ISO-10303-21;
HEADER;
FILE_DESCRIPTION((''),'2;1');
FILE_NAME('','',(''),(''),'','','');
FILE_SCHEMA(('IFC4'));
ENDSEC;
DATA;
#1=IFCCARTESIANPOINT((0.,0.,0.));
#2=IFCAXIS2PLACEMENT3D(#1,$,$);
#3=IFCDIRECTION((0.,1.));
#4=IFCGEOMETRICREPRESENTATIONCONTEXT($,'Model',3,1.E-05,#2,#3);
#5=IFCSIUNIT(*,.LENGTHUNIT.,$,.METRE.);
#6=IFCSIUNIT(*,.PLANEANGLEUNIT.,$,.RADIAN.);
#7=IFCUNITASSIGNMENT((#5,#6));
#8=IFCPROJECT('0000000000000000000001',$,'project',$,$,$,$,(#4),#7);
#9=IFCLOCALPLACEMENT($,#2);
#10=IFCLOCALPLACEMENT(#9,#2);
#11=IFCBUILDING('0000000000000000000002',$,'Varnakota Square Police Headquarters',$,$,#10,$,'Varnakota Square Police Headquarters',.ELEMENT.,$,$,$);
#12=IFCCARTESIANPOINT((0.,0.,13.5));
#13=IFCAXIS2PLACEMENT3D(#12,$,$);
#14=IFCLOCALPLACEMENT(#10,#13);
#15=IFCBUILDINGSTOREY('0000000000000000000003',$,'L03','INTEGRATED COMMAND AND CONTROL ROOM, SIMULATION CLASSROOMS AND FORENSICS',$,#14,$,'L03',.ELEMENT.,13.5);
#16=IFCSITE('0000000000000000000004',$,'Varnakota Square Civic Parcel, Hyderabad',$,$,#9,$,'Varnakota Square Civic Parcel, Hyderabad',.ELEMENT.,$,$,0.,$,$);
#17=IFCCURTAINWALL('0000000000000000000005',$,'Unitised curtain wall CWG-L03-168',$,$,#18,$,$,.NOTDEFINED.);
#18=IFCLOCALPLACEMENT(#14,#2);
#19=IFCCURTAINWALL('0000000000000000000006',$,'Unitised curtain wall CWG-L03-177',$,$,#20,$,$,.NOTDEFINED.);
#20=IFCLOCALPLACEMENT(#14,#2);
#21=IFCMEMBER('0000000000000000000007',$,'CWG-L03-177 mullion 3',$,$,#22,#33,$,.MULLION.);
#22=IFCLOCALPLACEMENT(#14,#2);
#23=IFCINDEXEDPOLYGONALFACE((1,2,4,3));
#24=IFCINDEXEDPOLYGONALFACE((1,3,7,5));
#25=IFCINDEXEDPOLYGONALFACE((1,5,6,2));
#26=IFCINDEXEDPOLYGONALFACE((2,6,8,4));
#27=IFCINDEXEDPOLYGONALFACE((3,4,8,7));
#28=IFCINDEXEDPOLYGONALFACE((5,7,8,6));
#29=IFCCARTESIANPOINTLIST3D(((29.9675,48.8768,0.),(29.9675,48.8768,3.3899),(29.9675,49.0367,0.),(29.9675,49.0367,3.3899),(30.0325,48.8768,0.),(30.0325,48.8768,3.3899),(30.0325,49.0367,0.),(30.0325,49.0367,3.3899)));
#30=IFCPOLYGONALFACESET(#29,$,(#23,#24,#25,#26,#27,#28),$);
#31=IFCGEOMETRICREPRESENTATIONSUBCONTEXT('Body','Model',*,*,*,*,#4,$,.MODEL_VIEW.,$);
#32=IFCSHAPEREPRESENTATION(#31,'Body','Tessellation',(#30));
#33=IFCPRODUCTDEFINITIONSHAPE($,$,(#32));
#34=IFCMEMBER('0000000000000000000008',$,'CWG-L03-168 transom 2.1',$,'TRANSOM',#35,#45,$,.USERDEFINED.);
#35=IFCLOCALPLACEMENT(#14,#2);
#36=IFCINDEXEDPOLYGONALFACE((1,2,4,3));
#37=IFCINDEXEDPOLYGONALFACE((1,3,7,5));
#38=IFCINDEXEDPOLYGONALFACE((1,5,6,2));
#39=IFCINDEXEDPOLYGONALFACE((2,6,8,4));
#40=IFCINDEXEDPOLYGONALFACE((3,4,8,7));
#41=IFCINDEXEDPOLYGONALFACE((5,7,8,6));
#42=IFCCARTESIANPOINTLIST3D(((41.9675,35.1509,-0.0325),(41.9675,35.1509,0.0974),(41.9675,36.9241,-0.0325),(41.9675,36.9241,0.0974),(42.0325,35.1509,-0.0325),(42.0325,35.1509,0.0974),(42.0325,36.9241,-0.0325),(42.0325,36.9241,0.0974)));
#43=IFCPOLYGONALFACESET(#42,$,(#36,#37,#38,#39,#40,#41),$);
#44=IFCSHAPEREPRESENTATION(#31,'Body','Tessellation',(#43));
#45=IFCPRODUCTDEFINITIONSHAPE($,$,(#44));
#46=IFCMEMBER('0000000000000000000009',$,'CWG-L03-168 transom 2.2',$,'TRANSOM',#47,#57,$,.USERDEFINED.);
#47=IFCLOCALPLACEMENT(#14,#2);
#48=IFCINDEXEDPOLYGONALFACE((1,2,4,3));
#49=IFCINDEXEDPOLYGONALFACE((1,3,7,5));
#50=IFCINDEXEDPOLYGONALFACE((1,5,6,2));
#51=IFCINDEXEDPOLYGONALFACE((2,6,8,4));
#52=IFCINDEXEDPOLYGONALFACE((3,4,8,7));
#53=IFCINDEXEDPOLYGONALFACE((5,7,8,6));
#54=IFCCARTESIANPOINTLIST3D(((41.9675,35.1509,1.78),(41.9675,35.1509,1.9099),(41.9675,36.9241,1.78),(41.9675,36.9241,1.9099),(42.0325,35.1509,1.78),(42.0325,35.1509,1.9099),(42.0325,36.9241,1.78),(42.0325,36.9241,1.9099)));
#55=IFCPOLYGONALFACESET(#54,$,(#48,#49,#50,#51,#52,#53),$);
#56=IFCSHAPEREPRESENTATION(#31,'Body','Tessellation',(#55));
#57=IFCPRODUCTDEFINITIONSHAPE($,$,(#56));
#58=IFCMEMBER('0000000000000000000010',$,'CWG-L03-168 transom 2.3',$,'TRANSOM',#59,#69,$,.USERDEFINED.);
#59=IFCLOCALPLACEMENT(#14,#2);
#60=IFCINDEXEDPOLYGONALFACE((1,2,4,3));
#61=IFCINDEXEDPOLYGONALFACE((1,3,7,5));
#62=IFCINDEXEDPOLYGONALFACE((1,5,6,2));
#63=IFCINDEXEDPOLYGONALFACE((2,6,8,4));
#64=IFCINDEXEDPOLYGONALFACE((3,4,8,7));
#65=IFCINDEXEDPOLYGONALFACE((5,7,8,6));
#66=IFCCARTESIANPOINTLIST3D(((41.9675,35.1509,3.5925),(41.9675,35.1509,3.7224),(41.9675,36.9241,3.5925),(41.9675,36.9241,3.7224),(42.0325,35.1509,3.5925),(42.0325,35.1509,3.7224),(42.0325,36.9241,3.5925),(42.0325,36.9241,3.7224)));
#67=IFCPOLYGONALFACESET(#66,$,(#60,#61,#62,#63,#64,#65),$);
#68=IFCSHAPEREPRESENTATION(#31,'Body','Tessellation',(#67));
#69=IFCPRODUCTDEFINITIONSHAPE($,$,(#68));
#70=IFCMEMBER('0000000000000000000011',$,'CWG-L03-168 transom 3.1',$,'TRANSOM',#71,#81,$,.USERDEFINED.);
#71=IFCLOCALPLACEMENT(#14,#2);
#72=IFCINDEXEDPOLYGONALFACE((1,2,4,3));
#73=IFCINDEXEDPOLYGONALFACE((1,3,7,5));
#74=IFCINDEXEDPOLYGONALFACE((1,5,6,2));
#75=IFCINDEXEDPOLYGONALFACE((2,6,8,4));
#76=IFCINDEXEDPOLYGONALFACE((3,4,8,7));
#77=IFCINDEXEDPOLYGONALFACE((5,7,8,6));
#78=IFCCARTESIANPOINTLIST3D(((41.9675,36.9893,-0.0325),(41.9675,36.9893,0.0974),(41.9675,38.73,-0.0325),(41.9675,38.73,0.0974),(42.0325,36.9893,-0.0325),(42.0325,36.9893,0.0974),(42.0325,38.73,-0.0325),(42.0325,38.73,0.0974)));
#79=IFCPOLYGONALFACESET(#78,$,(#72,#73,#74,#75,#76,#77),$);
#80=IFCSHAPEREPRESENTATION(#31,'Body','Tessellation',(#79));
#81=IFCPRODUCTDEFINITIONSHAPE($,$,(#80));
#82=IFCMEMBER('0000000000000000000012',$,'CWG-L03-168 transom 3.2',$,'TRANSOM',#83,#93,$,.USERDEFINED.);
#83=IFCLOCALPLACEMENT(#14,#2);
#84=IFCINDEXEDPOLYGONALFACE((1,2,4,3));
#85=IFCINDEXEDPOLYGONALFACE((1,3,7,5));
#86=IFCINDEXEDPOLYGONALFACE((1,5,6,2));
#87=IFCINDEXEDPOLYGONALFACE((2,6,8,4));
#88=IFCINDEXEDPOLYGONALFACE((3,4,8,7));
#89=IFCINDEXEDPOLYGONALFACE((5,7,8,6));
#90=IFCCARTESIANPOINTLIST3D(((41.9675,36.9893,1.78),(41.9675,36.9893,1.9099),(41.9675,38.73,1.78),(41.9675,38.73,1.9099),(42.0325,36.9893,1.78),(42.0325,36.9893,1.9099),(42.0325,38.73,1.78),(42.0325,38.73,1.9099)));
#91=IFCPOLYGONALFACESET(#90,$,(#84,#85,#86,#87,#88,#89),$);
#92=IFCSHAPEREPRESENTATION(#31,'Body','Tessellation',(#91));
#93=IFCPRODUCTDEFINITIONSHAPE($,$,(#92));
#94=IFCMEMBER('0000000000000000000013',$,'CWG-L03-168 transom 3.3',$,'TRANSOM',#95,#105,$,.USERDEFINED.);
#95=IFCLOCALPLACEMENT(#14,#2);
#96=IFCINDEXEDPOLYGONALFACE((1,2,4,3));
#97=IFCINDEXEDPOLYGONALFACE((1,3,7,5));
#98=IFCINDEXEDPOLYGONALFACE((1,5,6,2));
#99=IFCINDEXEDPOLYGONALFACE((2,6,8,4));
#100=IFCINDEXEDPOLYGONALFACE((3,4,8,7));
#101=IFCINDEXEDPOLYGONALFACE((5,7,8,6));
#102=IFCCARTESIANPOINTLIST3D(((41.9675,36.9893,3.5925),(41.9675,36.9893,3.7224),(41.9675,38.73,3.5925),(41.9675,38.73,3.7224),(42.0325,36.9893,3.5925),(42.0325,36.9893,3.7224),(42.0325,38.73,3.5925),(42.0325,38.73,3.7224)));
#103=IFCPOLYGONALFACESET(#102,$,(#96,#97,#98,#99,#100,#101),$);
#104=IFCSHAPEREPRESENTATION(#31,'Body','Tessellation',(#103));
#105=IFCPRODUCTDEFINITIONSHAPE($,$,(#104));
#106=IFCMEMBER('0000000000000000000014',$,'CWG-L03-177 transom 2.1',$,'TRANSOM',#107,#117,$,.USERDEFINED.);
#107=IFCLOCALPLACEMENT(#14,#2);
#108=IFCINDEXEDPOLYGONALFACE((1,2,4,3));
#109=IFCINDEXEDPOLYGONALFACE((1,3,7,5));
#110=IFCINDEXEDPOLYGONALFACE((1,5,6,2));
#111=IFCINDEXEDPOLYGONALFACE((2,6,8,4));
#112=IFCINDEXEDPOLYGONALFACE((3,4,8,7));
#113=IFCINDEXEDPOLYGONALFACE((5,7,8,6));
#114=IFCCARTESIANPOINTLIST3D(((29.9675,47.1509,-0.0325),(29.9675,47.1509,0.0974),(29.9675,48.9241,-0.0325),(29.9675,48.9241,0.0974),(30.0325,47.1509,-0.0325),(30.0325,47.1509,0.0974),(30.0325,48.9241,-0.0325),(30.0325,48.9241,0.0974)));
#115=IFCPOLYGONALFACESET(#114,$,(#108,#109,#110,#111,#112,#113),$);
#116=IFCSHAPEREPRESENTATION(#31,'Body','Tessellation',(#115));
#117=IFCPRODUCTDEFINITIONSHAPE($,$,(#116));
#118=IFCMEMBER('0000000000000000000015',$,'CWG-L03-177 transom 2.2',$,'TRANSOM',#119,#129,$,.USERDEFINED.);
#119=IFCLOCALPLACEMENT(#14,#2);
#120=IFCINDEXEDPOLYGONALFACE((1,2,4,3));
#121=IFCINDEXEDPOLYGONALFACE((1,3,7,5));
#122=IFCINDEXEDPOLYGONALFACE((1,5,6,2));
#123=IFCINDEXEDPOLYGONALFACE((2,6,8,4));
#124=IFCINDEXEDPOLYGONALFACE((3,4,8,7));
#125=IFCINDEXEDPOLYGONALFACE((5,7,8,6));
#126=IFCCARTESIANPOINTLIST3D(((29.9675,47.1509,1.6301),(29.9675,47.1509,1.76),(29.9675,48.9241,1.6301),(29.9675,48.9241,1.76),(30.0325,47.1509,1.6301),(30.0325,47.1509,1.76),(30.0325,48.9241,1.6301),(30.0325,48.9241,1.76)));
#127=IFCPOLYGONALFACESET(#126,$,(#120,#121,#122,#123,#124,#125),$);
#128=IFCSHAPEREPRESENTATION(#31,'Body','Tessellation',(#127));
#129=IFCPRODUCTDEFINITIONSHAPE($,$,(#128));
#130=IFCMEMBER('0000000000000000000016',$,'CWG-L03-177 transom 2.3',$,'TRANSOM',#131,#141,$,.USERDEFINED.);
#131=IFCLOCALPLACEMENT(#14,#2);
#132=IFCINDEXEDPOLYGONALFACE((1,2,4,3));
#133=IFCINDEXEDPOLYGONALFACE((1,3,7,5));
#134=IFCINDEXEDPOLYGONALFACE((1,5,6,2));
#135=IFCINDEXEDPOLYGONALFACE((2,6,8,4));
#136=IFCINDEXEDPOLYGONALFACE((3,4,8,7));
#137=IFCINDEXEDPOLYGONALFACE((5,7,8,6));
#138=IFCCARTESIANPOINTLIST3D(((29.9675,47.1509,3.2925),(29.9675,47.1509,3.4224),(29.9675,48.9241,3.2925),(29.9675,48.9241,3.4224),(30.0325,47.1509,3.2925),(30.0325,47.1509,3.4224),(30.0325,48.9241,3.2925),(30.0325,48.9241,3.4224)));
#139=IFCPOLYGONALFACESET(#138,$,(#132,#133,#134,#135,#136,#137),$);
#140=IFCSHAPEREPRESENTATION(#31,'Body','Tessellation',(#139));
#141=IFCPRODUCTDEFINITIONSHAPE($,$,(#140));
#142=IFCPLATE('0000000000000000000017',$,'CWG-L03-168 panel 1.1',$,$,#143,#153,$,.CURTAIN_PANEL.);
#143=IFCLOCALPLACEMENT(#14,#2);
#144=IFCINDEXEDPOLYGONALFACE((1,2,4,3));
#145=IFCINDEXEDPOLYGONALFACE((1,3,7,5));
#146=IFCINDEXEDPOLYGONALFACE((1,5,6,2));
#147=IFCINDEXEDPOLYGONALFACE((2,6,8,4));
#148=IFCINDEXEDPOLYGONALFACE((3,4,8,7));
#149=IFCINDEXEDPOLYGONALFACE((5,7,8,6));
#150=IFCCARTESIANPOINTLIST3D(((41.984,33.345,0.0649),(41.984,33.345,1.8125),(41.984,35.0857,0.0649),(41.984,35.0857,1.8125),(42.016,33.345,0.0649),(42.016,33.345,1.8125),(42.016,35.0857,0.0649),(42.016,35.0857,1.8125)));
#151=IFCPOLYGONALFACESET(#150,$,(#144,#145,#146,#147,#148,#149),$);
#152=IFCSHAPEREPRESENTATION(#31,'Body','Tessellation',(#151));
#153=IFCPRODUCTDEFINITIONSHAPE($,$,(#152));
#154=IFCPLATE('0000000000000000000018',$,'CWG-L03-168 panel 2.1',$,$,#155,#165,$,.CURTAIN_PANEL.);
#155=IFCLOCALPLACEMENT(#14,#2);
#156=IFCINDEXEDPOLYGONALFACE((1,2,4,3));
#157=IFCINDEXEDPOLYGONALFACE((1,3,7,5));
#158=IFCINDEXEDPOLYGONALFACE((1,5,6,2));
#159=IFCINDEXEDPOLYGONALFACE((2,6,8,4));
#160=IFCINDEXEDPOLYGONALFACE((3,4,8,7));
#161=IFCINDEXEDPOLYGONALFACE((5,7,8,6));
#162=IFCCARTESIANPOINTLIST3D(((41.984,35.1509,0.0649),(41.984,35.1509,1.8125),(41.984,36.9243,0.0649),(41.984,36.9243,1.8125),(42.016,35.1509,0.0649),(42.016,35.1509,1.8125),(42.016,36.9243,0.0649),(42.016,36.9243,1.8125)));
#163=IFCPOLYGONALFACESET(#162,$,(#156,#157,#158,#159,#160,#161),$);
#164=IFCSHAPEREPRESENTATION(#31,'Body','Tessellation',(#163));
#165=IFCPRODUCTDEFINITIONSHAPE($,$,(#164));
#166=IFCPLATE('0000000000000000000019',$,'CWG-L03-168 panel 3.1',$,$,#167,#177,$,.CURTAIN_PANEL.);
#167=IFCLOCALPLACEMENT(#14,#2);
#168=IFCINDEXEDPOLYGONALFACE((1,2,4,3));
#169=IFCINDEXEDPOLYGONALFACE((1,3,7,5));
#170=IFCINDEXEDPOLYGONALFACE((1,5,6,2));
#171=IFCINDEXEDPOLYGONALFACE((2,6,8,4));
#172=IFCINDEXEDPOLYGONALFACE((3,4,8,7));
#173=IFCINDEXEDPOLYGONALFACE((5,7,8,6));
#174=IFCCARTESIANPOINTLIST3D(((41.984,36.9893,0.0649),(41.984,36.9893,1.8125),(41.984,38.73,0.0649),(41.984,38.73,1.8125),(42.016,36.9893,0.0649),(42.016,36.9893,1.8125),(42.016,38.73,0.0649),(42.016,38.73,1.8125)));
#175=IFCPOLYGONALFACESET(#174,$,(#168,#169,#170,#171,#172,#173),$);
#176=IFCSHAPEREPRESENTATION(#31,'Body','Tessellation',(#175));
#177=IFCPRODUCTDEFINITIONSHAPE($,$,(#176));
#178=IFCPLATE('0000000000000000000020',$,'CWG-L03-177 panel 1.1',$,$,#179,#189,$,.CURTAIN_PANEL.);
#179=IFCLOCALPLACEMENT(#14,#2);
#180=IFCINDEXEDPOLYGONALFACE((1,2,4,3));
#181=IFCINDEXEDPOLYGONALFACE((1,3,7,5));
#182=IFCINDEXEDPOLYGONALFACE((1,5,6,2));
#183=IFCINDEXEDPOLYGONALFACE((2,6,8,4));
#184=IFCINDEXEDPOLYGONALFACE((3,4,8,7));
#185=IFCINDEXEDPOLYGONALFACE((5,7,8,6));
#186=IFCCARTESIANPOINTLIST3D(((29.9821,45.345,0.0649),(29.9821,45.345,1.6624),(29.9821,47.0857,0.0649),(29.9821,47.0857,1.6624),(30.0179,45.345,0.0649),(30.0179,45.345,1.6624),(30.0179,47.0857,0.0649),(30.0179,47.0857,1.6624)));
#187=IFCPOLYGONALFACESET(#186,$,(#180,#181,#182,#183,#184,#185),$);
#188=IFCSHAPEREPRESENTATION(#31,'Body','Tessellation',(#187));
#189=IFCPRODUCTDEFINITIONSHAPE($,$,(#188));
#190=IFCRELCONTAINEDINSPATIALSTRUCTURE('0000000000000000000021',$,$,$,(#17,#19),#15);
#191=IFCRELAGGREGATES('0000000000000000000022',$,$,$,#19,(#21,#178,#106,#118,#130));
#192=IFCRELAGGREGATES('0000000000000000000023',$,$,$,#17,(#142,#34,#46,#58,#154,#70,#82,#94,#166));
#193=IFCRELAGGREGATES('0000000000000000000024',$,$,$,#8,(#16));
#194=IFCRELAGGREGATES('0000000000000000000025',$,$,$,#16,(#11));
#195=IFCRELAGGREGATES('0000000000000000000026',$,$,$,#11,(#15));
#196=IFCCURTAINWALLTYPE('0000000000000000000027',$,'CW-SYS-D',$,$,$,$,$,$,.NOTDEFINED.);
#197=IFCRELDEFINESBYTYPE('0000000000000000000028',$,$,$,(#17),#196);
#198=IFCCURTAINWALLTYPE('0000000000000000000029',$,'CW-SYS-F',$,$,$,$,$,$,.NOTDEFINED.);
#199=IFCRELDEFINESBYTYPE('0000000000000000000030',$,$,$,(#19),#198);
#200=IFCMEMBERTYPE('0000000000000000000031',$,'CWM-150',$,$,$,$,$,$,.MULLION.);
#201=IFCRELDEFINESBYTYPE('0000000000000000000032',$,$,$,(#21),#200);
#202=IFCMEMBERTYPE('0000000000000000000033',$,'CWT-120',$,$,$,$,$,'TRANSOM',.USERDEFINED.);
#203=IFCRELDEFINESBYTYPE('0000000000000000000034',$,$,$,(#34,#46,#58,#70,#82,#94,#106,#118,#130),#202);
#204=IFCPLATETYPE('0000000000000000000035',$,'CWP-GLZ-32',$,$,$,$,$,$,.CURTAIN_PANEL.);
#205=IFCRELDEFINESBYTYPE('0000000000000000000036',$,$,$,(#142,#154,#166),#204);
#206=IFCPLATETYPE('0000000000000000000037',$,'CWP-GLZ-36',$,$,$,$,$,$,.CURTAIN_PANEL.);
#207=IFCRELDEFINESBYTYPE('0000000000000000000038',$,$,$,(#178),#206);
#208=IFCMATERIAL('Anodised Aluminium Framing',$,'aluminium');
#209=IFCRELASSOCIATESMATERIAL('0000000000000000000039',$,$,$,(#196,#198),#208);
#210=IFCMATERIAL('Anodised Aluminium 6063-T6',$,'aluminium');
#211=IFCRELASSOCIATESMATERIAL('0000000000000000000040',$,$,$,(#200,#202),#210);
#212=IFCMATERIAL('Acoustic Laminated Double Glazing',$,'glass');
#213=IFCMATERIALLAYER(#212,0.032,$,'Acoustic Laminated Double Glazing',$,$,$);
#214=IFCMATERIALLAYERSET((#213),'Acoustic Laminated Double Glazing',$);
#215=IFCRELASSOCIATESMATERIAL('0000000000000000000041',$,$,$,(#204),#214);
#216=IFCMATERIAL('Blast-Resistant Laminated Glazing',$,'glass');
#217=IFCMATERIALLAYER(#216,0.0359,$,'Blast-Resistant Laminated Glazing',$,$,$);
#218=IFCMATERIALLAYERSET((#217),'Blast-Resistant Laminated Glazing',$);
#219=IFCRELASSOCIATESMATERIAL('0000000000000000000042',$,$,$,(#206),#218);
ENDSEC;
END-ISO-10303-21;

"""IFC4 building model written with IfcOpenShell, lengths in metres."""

from ifc_helpers import new_model, si_unit, direction, frame, origin, origin_2d, place, context, subcontext, project, spatial, rectangle, extrude, material, layer, layer_set, material_profile, profile_set, type_object, element, aggregate, save


model = new_model("IFC4")

# Units and contexts
model_context = context("Model", 3, precision=1e-05, world=origin(), true_north=direction((0.0, 1.0)))
body_context = subcontext(model_context, "Body", "Model", "MODEL_VIEW")
ifc_project = project(units=[si_unit("LENGTHUNIT", "METRE"), si_unit("PLANEANGLEUNIT", "RADIAN")], contexts=[model_context])

# Site, building, storey
site_placement = place(None, origin())
site = spatial("IfcSite", under=ifc_project, at=site_placement, Name="Varnakota Square Civic Parcel, Hyderabad", LongName="Varnakota Square Civic Parcel, Hyderabad", CompositionType="ELEMENT", RefElevation=0.0)
building_placement = place(site_placement, origin())
building = spatial("IfcBuilding", under=site, at=building_placement, Name="Varnakota Square Police Headquarters", LongName="Varnakota Square Police Headquarters", CompositionType="ELEMENT")
storey_placement = place(building_placement, frame((0.0, 0.0, 13.5)))
storey = spatial("IfcBuildingStorey", under=building, at=storey_placement, Name="L03", Description="INTEGRATED COMMAND AND CONTROL ROOM, SIMULATION CLASSROOMS AND FORENSICS", LongName="L03", CompositionType="ELEMENT", Elevation=13.5)

# Curtain walls, member
ifc_material_1 = material(Name="Anodised Aluminium Framing", Category="aluminium")
curtain_wall_type_1 = type_object("IfcCurtainWallType", Name="CW-SYS-D", PredefinedType="NOTDEFINED", material=ifc_material_1)
curtain_wall_1_placement = place(storey_placement, origin())
curtain_wall_1 = element("IfcCurtainWall", 1, at=curtain_wall_1_placement, inside=storey, type_object=curtain_wall_type_1, Name="Unitised curtain wall CWG-L03-168", PredefinedType="NOTDEFINED")
ifc_material_2 = material(Name="Anodised Aluminium 6063-T6", Category="aluminium")
ifc_material_profile_1 = material_profile(ifc_material_2, rectangle(XDim=0.0649, YDim=0.1599, at=origin_2d()), Name="ALU MULLION 65x160")
ifc_profile_set_1 = profile_set([ifc_material_profile_1], Name="Anodised Aluminium 6063-T6")
member_type_1 = type_object("IfcMemberType", Name="CWM-150", PredefinedType="MULLION", material=ifc_profile_set_1)
curtain_wall_type_2 = type_object("IfcCurtainWallType", Name="CW-SYS-F", PredefinedType="NOTDEFINED", material=ifc_material_1)
curtain_wall_2_placement = place(storey_placement, origin())
curtain_wall_2 = element("IfcCurtainWall", 2, at=curtain_wall_2_placement, inside=storey, type_object=curtain_wall_type_2, Name="Unitised curtain wall CWG-L03-177", PredefinedType="NOTDEFINED")
member_1_placement = place(storey_placement, frame((30.0, 48.9568, 0.0), z_axis=(0.0, 0.0, 1.0), x_axis=(-1.0, 0.0, 0.0)))
member_1 = element("IfcMember", 3, at=member_1_placement, type_object=member_type_1, Name="CWG-L03-177 mullion 3", PredefinedType="MULLION", context=body_context, shape_type="SweptSolid", body=[
    extrude(rectangle(XDim=0.0649, YDim=0.1599, at=origin_2d()), origin(), (0.0, 0.0, 1.0), 3.3899),
])

# Members
ifc_material_profile_2 = material_profile(ifc_material_2, rectangle(XDim=0.0649, YDim=0.1299, at=origin_2d()), Name="ALU TRANSOM 65x130")
ifc_profile_set_2 = profile_set([ifc_material_profile_2], Name="Anodised Aluminium 6063-T6")
member_type_2 = type_object("IfcMemberType", Name="CWT-120", ElementType="TRANSOM", PredefinedType="USERDEFINED", material=ifc_profile_set_2)
member_2_placement = place(storey_placement, frame((42.0, 35.1509, 0.0325), z_axis=(0.0, 1.0, 0.0), x_axis=(-1.0, 0.0, 0.0)))
member_2 = element("IfcMember", 4, at=member_2_placement, type_object=member_type_2, Name="CWG-L03-168 transom 2.1", ObjectType="TRANSOM", PredefinedType="USERDEFINED", context=body_context, shape_type="SweptSolid", body=[
    extrude(rectangle(XDim=0.0649, YDim=0.1299, at=origin_2d()), origin(), (0.0, 0.0, 1.0), 1.7732),
])
member_3_placement = place(storey_placement, frame((42.0, 35.1509, 1.845), z_axis=(0.0, 1.0, 0.0), x_axis=(-1.0, 0.0, 0.0)))
member_3 = element("IfcMember", 5, at=member_3_placement, type_object=member_type_2, Name="CWG-L03-168 transom 2.2", ObjectType="TRANSOM", PredefinedType="USERDEFINED", context=body_context, shape_type="SweptSolid", body=[
    extrude(rectangle(XDim=0.0649, YDim=0.1299, at=origin_2d()), origin(), (0.0, 0.0, 1.0), 1.7732),
])
member_4_placement = place(storey_placement, frame((42.0, 35.1509, 3.6575), z_axis=(0.0, 1.0, 0.0), x_axis=(-1.0, 0.0, 0.0)))
member_4 = element("IfcMember", 6, at=member_4_placement, type_object=member_type_2, Name="CWG-L03-168 transom 2.3", ObjectType="TRANSOM", PredefinedType="USERDEFINED", context=body_context, shape_type="SweptSolid", body=[
    extrude(rectangle(XDim=0.0649, YDim=0.1299, at=origin_2d()), origin(), (0.0, 0.0, 1.0), 1.7732),
])
member_5_placement = place(storey_placement, frame((42.0, 36.9893, 0.0325), z_axis=(0.0, 1.0, 0.0), x_axis=(-1.0, 0.0, 0.0)))
member_5 = element("IfcMember", 7, at=member_5_placement, type_object=member_type_2, Name="CWG-L03-168 transom 3.1", ObjectType="TRANSOM", PredefinedType="USERDEFINED", context=body_context, shape_type="SweptSolid", body=[
    extrude(rectangle(XDim=0.0649, YDim=0.1299, at=origin_2d()), origin(), (0.0, 0.0, 1.0), 1.7407),
])
member_6_placement = place(storey_placement, frame((42.0, 36.9893, 1.845), z_axis=(0.0, 1.0, 0.0), x_axis=(-1.0, 0.0, 0.0)))
member_6 = element("IfcMember", 8, at=member_6_placement, type_object=member_type_2, Name="CWG-L03-168 transom 3.2", ObjectType="TRANSOM", PredefinedType="USERDEFINED", context=body_context, shape_type="SweptSolid", body=[
    extrude(rectangle(XDim=0.0649, YDim=0.1299, at=origin_2d()), origin(), (0.0, 0.0, 1.0), 1.7407),
])
member_7_placement = place(storey_placement, frame((42.0, 36.9893, 3.6575), z_axis=(0.0, 1.0, 0.0), x_axis=(-1.0, 0.0, 0.0)))
member_7 = element("IfcMember", 9, at=member_7_placement, type_object=member_type_2, Name="CWG-L03-168 transom 3.3", ObjectType="TRANSOM", PredefinedType="USERDEFINED", context=body_context, shape_type="SweptSolid", body=[
    extrude(rectangle(XDim=0.0649, YDim=0.1299, at=origin_2d()), origin(), (0.0, 0.0, 1.0), 1.7407),
])
member_8_placement = place(storey_placement, frame((30.0, 47.1509, 0.0325), z_axis=(0.0, 1.0, 0.0), x_axis=(-1.0, 0.0, 0.0)))
member_8 = element("IfcMember", 10, at=member_8_placement, type_object=member_type_2, Name="CWG-L03-177 transom 2.1", ObjectType="TRANSOM", PredefinedType="USERDEFINED", context=body_context, shape_type="SweptSolid", body=[
    extrude(rectangle(XDim=0.0649, YDim=0.1299, at=origin_2d()), origin(), (0.0, 0.0, 1.0), 1.7732),
])
member_9_placement = place(storey_placement, frame((30.0, 47.1509, 1.6951), z_axis=(0.0, 1.0, 0.0), x_axis=(-1.0, 0.0, 0.0)))
member_9 = element("IfcMember", 11, at=member_9_placement, type_object=member_type_2, Name="CWG-L03-177 transom 2.2", ObjectType="TRANSOM", PredefinedType="USERDEFINED", context=body_context, shape_type="SweptSolid", body=[
    extrude(rectangle(XDim=0.0649, YDim=0.1299, at=origin_2d()), origin(), (0.0, 0.0, 1.0), 1.7732),
])
member_10_placement = place(storey_placement, frame((30.0, 47.1509, 3.3574), z_axis=(0.0, 1.0, 0.0), x_axis=(-1.0, 0.0, 0.0)))
member_10 = element("IfcMember", 12, at=member_10_placement, type_object=member_type_2, Name="CWG-L03-177 transom 2.3", ObjectType="TRANSOM", PredefinedType="USERDEFINED", context=body_context, shape_type="SweptSolid", body=[
    extrude(rectangle(XDim=0.0649, YDim=0.1299, at=origin_2d()), origin(), (0.0, 0.0, 1.0), 1.7732),
])

# Plates
ifc_material_3 = material(Name="Acoustic Laminated Double Glazing", Category="glass")
ifc_layer_1 = layer(ifc_material_3, 0.032, Name="Acoustic Laminated Double Glazing")
ifc_layer_set_1 = layer_set([ifc_layer_1], Name="Acoustic Laminated Double Glazing")
plate_type_1 = type_object("IfcPlateType", Name="CWP-GLZ-32", PredefinedType="CURTAIN_PANEL", material=ifc_layer_set_1)
plate_1_placement = place(storey_placement, frame((42.0, 34.2153, 0.0649), z_axis=(0.0, 0.0, 1.0), x_axis=(0.0, 1.0, 0.0)))
plate_1 = element("IfcPlate", 13, at=plate_1_placement, type_object=plate_type_1, Name="CWG-L03-168 panel 1.1", PredefinedType="CURTAIN_PANEL", context=body_context, shape_type="SweptSolid", body=[
    extrude(rectangle(XDim=1.7407, YDim=0.032, at=origin_2d()), origin(), (0.0, 0.0, 1.0), 1.7476),
])
plate_2_placement = place(storey_placement, frame((42.0, 36.0376, 0.0649), z_axis=(0.0, 0.0, 1.0), x_axis=(0.0, 1.0, 0.0)))
plate_2 = element("IfcPlate", 14, at=plate_2_placement, type_object=plate_type_1, Name="CWG-L03-168 panel 2.1", PredefinedType="CURTAIN_PANEL", context=body_context, shape_type="SweptSolid", body=[
    extrude(rectangle(XDim=1.7734, YDim=0.032, at=origin_2d()), origin(), (0.0, 0.0, 1.0), 1.7476),
])
plate_3_placement = place(storey_placement, frame((42.0, 37.8596, 0.0649), z_axis=(0.0, 0.0, 1.0), x_axis=(0.0, 1.0, 0.0)))
plate_3 = element("IfcPlate", 15, at=plate_3_placement, type_object=plate_type_1, Name="CWG-L03-168 panel 3.1", PredefinedType="CURTAIN_PANEL", context=body_context, shape_type="SweptSolid", body=[
    extrude(rectangle(XDim=1.7407, YDim=0.032, at=origin_2d()), origin(), (0.0, 0.0, 1.0), 1.7476),
])
ifc_material_4 = material(Name="Blast-Resistant Laminated Glazing", Category="glass")
ifc_layer_2 = layer(ifc_material_4, 0.0359, Name="Blast-Resistant Laminated Glazing")
ifc_layer_set_2 = layer_set([ifc_layer_2], Name="Blast-Resistant Laminated Glazing")
plate_type_2 = type_object("IfcPlateType", Name="CWP-GLZ-36", PredefinedType="CURTAIN_PANEL", material=ifc_layer_set_2)
plate_4_placement = place(storey_placement, frame((30.0, 46.2153, 0.0649), z_axis=(0.0, 0.0, 1.0), x_axis=(0.0, 1.0, 0.0)))
plate_4 = element("IfcPlate", 16, at=plate_4_placement, type_object=plate_type_2, Name="CWG-L03-177 panel 1.1", PredefinedType="CURTAIN_PANEL", context=body_context, shape_type="SweptSolid", body=[
    extrude(rectangle(XDim=1.7407, YDim=0.0359, at=origin_2d()), origin(), (0.0, 0.0, 1.0), 1.5974),
])
aggregate(curtain_wall_2, [member_1, plate_4, member_8, member_9, member_10])
aggregate(curtain_wall_1, [plate_1, member_2, member_3, member_4, plate_2, member_5, member_6, member_7, plate_3])

save(model, "model.ifc")
